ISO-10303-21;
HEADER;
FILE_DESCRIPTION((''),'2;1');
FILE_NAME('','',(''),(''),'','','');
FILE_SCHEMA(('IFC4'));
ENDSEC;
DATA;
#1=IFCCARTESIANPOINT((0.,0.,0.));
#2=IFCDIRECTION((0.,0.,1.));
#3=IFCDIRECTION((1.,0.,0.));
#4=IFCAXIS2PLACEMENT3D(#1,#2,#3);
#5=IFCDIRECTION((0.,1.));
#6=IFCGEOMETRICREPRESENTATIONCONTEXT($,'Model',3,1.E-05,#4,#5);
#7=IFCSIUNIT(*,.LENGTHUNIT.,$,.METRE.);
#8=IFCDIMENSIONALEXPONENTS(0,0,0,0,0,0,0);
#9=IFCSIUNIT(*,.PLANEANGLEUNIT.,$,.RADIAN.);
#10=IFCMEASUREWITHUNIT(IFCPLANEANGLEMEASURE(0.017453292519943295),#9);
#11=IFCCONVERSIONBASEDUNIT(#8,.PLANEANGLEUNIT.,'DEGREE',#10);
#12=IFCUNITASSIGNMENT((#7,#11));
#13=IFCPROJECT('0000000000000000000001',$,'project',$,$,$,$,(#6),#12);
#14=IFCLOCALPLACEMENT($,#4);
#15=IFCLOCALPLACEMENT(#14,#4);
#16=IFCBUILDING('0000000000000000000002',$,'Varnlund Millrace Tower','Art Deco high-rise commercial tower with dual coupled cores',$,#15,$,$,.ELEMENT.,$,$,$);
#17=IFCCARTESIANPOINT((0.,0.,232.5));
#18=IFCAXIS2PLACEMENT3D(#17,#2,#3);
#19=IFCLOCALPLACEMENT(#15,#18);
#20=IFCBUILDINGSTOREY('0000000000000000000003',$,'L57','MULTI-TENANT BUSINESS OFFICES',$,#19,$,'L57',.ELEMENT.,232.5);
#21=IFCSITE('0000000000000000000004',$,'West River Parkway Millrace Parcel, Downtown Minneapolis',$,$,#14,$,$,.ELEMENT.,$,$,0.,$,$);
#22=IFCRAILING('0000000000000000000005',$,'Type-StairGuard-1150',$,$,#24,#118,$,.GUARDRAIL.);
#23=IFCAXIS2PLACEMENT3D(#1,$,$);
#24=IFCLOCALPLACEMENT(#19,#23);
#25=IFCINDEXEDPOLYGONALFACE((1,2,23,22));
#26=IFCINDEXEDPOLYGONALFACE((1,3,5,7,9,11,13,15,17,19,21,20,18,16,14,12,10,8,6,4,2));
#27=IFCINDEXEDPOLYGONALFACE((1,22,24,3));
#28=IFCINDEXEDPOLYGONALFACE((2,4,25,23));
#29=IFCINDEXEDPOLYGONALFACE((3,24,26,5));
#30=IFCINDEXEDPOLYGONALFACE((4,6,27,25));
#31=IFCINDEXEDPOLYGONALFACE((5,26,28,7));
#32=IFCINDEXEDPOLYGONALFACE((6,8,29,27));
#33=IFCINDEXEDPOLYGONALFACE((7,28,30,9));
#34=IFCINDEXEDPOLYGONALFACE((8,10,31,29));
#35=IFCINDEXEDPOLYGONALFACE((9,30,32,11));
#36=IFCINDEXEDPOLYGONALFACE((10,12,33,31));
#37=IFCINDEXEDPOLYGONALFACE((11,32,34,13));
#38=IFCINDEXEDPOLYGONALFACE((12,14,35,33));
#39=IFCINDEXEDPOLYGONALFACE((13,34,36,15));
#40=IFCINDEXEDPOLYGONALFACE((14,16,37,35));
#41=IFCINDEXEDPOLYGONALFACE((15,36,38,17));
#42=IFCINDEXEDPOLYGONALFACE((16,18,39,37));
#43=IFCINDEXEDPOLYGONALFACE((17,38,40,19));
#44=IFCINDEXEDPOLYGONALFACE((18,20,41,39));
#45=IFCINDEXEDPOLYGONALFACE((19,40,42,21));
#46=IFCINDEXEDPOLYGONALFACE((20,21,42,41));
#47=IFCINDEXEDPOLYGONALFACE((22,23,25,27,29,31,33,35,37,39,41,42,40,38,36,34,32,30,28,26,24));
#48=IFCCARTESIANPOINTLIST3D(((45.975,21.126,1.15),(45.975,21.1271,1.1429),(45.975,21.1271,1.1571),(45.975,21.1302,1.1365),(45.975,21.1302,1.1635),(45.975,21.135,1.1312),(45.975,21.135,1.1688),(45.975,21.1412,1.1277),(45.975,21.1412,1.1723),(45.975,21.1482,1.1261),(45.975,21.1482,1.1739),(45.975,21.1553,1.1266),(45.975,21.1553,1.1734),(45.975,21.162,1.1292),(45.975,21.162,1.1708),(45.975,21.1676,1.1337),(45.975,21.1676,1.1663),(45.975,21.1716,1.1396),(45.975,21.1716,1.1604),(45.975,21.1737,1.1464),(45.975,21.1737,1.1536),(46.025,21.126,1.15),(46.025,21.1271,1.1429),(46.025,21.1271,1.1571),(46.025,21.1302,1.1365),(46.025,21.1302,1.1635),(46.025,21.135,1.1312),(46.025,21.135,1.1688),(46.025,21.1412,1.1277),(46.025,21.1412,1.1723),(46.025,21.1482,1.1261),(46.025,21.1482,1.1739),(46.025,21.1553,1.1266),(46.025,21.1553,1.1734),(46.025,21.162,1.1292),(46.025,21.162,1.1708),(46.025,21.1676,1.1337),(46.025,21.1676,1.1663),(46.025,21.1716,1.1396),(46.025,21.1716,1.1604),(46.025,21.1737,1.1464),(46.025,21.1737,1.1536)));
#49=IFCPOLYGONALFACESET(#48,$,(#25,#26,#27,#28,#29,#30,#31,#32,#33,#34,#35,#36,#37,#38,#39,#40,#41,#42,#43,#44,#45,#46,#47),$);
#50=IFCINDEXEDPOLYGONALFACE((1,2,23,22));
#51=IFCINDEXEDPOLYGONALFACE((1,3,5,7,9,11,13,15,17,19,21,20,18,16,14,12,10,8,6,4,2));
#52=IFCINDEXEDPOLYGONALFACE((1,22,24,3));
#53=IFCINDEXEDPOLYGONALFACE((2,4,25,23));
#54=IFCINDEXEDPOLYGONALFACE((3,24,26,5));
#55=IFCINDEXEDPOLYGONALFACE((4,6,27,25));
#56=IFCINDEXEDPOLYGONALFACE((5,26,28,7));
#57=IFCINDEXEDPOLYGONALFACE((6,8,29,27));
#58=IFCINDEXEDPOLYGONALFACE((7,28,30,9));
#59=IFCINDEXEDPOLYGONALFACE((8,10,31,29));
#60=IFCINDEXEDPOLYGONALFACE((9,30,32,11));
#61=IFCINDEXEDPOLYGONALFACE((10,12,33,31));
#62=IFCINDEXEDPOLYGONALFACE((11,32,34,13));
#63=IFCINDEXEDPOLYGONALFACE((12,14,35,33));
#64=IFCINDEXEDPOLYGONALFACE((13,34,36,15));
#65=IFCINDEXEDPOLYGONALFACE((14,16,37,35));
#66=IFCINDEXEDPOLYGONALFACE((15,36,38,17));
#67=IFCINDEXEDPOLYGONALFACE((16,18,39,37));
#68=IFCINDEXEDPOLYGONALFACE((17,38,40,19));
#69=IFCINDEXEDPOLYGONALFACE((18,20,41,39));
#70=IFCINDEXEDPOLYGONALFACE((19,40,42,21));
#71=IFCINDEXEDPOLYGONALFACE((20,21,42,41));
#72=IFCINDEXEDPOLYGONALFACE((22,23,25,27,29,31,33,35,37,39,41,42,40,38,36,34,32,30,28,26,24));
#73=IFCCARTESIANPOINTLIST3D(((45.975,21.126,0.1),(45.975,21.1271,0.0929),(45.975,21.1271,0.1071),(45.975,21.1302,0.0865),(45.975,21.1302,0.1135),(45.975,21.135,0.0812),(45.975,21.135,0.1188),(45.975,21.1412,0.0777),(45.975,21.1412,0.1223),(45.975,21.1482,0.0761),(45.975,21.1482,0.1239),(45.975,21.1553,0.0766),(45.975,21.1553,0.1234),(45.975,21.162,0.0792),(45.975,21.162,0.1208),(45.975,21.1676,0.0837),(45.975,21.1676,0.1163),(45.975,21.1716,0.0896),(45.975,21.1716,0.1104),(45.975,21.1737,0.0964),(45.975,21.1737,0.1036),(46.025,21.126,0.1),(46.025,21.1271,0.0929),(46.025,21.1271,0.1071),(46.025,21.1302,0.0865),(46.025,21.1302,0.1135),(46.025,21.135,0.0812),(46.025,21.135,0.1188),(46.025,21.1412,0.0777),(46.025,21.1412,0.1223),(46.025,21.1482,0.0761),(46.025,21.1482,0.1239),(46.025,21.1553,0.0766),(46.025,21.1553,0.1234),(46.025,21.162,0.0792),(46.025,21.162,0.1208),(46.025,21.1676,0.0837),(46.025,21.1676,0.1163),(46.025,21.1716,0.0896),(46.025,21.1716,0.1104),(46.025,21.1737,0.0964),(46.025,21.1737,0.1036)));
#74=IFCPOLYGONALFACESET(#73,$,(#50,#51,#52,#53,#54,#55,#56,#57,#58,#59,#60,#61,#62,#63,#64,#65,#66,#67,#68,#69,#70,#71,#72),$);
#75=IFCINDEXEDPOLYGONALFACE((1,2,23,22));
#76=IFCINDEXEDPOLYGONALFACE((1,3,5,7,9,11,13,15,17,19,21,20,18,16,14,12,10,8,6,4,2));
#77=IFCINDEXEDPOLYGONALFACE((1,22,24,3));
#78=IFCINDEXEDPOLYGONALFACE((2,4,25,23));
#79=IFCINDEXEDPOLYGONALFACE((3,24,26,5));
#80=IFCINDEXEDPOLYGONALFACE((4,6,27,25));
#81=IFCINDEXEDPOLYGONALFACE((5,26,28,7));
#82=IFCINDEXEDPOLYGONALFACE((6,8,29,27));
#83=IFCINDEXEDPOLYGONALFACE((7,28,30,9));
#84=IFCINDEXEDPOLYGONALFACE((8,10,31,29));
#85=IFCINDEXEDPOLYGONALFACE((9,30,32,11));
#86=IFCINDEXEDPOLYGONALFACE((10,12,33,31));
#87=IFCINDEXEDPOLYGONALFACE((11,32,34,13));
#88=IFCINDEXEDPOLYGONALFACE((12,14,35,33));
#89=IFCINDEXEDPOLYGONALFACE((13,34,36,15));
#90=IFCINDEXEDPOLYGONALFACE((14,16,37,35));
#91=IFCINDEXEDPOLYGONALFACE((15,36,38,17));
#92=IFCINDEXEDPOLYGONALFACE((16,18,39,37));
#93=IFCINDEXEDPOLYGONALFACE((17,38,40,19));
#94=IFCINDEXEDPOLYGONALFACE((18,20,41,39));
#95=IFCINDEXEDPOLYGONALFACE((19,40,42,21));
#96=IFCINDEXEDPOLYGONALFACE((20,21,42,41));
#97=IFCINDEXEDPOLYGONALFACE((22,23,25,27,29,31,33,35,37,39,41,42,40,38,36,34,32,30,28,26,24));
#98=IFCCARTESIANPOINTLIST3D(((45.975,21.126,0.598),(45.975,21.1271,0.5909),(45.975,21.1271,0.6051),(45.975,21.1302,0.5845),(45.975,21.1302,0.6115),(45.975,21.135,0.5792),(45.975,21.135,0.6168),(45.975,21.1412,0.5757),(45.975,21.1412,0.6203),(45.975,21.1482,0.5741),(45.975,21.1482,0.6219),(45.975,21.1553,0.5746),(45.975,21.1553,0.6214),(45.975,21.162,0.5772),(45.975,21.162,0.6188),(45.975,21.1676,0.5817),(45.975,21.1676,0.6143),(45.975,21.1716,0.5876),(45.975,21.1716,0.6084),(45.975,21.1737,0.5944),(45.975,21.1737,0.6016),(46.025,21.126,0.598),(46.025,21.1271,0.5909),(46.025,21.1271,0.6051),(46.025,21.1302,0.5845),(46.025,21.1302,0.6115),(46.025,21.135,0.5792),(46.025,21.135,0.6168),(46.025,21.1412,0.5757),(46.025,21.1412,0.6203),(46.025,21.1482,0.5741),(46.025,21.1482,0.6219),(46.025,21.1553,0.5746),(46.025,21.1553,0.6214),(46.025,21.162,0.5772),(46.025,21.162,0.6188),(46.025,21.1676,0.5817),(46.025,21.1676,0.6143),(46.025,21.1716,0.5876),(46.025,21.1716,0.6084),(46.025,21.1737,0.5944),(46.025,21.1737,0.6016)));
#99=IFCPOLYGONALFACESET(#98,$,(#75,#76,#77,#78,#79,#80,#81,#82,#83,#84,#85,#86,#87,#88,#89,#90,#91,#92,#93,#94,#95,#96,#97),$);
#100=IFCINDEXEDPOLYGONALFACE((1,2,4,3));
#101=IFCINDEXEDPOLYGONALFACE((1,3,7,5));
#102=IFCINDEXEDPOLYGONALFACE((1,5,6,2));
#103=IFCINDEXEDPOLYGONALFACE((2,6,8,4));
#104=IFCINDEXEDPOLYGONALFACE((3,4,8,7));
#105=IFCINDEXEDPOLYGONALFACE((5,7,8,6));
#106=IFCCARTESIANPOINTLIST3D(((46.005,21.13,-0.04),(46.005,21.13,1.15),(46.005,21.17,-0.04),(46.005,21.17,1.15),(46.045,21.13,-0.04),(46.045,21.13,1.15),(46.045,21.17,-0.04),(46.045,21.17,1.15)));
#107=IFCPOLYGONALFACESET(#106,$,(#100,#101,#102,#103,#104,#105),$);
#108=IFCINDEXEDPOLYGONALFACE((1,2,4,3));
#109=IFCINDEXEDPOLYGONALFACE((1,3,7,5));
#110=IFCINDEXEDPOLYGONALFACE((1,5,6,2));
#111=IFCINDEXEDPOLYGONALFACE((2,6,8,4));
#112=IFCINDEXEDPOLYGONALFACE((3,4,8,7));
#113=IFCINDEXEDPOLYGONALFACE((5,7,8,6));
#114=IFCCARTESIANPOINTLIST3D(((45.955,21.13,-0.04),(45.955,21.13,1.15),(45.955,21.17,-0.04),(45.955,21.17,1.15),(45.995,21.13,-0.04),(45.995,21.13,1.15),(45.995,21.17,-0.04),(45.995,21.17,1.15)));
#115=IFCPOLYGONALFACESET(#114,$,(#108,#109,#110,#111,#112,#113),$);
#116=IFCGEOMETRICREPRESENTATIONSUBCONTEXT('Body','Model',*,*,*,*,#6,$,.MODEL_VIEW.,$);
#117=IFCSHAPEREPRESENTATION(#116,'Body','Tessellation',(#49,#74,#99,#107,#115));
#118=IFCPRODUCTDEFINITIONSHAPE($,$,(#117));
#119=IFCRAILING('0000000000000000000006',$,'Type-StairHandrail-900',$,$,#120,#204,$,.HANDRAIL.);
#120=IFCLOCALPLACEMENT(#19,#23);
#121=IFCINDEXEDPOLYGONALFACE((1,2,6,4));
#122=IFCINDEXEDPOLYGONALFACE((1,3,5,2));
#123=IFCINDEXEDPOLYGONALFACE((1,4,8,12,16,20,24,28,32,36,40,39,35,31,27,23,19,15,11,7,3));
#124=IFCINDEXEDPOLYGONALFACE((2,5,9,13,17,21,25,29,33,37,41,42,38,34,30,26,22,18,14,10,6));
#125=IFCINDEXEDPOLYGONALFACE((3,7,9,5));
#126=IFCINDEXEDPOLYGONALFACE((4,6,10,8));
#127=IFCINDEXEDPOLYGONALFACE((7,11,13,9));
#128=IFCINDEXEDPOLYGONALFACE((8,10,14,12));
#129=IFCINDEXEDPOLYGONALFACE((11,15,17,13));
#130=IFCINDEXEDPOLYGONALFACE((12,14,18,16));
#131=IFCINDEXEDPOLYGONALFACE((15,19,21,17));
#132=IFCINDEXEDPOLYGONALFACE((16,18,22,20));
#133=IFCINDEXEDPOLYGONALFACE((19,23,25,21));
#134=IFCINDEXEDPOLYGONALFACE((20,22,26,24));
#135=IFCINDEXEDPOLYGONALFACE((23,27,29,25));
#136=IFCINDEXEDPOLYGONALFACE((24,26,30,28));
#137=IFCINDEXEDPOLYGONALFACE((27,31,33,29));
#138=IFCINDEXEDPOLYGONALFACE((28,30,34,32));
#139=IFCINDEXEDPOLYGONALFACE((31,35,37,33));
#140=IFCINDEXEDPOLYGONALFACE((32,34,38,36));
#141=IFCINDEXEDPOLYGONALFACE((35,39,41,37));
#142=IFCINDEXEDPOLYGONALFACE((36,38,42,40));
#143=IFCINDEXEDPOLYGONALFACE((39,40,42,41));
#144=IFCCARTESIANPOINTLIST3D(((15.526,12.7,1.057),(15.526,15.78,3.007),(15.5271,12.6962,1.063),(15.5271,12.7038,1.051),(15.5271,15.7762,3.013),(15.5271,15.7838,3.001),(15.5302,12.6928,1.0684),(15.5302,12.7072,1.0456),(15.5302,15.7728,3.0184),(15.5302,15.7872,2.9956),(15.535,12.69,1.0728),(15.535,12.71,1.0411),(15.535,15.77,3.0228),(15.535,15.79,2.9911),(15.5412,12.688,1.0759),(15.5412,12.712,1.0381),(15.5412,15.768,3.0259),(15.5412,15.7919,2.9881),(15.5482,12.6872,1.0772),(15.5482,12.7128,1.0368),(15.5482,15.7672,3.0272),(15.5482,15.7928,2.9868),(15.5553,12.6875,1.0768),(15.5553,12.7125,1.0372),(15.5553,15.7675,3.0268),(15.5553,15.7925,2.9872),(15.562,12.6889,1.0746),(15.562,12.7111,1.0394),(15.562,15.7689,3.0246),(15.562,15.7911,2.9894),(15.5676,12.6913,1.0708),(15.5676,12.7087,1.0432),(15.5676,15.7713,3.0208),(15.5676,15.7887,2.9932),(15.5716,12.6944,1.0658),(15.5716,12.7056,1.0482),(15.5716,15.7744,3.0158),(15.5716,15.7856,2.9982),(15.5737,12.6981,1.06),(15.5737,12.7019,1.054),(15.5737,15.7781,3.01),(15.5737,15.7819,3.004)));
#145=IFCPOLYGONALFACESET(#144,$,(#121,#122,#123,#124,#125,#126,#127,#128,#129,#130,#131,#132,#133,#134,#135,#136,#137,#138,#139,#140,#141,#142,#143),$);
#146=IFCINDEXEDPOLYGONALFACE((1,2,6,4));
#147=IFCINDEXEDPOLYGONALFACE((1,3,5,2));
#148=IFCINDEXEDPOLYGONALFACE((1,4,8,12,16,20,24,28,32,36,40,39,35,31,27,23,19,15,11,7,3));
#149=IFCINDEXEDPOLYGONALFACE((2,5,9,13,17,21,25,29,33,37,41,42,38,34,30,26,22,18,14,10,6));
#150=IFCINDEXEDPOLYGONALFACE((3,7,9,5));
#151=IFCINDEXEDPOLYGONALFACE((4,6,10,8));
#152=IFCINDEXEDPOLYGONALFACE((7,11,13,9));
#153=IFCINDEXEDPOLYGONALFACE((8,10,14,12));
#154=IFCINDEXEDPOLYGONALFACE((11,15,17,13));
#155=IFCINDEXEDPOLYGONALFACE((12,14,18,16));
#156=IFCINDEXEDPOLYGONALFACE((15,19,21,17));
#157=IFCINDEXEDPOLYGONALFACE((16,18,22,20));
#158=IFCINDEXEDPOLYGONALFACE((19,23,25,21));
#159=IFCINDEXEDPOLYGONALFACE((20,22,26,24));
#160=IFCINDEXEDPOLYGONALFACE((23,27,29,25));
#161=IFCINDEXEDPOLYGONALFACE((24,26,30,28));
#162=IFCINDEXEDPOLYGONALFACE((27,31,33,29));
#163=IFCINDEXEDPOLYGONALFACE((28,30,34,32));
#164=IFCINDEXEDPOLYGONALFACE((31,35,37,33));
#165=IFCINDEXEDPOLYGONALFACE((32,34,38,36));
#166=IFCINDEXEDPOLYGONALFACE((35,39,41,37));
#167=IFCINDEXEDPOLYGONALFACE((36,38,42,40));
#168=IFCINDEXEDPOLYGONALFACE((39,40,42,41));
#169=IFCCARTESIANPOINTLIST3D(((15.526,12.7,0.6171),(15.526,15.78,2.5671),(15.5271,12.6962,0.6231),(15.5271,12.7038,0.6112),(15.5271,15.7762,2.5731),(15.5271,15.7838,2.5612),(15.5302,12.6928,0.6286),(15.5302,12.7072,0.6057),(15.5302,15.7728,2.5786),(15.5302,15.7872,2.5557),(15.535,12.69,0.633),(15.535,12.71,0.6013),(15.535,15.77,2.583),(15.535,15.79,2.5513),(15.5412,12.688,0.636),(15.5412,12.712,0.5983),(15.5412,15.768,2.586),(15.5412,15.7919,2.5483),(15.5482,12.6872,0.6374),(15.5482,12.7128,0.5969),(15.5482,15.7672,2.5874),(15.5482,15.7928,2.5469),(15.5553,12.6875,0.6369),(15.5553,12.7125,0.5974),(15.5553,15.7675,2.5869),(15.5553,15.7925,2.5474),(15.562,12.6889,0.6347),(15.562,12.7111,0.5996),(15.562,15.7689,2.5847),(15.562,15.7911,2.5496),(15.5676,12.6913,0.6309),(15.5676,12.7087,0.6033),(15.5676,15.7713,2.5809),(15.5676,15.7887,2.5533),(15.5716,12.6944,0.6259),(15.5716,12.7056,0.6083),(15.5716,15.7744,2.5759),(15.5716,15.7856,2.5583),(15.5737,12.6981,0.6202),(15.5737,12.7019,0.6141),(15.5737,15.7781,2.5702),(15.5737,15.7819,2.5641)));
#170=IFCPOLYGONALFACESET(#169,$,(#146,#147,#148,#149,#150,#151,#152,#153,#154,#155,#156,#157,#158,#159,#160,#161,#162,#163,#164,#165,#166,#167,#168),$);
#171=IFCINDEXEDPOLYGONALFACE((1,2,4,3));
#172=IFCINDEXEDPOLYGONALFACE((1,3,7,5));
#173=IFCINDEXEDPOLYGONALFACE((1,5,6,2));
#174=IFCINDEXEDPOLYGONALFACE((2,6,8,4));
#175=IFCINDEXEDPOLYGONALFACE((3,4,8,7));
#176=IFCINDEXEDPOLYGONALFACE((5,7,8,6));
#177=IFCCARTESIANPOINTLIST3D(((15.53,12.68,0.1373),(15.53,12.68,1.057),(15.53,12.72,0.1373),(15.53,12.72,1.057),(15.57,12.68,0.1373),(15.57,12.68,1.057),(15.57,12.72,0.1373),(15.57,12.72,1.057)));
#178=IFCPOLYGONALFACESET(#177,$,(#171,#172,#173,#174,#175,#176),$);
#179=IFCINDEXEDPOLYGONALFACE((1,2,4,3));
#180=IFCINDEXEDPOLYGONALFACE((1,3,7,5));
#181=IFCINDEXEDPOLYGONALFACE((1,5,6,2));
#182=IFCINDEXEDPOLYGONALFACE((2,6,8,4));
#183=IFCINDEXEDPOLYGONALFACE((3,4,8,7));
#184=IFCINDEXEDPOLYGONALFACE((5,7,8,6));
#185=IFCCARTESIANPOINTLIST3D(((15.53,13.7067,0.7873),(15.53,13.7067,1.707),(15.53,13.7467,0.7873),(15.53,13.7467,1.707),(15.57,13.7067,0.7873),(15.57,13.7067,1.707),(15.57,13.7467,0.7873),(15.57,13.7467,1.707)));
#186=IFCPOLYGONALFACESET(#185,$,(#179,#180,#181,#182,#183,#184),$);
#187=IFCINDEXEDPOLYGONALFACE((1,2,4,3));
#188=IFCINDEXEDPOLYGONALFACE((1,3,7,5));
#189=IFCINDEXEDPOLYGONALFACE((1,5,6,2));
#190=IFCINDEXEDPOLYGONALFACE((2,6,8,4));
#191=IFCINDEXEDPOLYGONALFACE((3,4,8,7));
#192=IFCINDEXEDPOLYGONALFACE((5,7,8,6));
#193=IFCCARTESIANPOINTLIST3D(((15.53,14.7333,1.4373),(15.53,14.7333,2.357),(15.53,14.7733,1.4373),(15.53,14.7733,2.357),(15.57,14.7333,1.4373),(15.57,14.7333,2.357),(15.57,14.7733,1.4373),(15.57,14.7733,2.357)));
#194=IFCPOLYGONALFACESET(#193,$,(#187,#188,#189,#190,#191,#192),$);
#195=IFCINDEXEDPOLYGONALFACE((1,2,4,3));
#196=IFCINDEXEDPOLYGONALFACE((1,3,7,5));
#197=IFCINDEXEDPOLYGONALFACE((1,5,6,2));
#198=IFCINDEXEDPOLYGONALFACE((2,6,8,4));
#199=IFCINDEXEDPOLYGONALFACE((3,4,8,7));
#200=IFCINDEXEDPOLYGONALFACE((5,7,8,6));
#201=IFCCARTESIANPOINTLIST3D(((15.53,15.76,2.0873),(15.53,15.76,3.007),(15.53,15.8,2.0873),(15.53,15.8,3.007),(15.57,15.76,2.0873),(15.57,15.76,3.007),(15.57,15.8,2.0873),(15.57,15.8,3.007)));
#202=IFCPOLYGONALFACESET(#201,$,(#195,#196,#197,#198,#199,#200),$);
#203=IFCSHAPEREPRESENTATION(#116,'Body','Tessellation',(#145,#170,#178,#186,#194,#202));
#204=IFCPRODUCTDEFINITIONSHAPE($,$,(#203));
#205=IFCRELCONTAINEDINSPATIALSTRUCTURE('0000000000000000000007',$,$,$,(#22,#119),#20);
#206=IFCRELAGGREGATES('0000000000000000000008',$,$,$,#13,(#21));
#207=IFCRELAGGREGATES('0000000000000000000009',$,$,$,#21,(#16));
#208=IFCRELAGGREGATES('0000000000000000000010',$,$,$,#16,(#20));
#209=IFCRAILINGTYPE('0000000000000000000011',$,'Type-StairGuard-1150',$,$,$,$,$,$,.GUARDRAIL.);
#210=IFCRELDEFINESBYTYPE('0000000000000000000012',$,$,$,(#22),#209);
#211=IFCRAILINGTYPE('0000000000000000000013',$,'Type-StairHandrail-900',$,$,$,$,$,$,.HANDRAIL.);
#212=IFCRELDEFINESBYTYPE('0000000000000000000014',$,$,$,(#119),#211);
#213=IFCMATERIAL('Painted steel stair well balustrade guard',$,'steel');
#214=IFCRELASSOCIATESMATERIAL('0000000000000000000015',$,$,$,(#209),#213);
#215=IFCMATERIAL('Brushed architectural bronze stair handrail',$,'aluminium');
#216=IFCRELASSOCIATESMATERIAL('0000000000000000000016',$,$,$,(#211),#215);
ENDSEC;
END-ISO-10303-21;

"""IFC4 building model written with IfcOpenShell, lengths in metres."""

from ifc_helpers import new_model, entity, si_unit, converted_unit, direction, frame, origin_with_axes, origin_2d_with_axis, place, context, subcontext, project, spatial, rectangle, circle, extrude, material, type_object, element, save


model = new_model("IFC4")

# Units and contexts
model_context = context("Model", 3, precision=1e-05, world=origin_with_axes(), true_north=direction((0.0, 1.0)))
body_context = subcontext(model_context, "Body", "Model", "MODEL_VIEW")
ifc_project = project(units=[si_unit("LENGTHUNIT", "METRE"), converted_unit("PLANEANGLEUNIT", "DEGREE", entity("IfcPlaneAngleMeasure", 0.017453292519943295), si_unit("PLANEANGLEUNIT", "RADIAN"), dimensions=[0, 0, 0, 0, 0, 0, 0])], contexts=[model_context])

# Site, building, storey
site_placement = place(None, origin_with_axes())
site = spatial("IfcSite", under=ifc_project, at=site_placement, Name="West River Parkway Millrace Parcel, Downtown Minneapolis", CompositionType="ELEMENT", RefElevation=0.0)
building_placement = place(site_placement, origin_with_axes())
building = spatial("IfcBuilding", under=site, at=building_placement, Name="Varnlund Millrace Tower", Description="Art Deco high-rise commercial tower with dual coupled cores", CompositionType="ELEMENT")
storey_placement = place(building_placement, frame((0.0, 0.0, 232.5), z_axis=(0.0, 0.0, 1.0), x_axis=(1.0, 0.0, 0.0)))
storey = spatial("IfcBuildingStorey", under=building, at=storey_placement, Name="L57", Description="MULTI-TENANT BUSINESS OFFICES", LongName="L57", CompositionType="ELEMENT", Elevation=232.5)

# Railings
ifc_material_1 = material(Name="Painted steel stair well balustrade guard", Category="steel")
railing_type_1 = type_object("IfcRailingType", Name="Type-StairGuard-1150", PredefinedType="GUARDRAIL", material=ifc_material_1)
railing_1_placement = place(storey_placement, frame((0.0, 0.0, -232.5), z_axis=(0.0, 0.0, 1.0), x_axis=(1.0, 0.0, 0.0)))
element("IfcRailing", 1, at=railing_1_placement, inside=storey, type_object=railing_type_1, Name="Type-StairGuard-1150", PredefinedType="GUARDRAIL", context=body_context, shape_type="SweptSolid", body=[
    extrude(circle(Radius=0.024, at=origin_2d_with_axis()), frame((46.025, 21.15, 233.65), z_axis=(-1.0, 0.0, 0.0), x_axis=(0.0, -1.0, 0.0)), (0.0, 0.0, 1.0), 0.05),
    extrude(circle(Radius=0.024, at=origin_2d_with_axis()), frame((46.025, 21.15, 232.6), z_axis=(-1.0, 0.0, 0.0), x_axis=(0.0, -1.0, 0.0)), (0.0, 0.0, 1.0), 0.05),
    extrude(circle(Radius=0.024, at=origin_2d_with_axis()), frame((46.025, 21.15, 233.098), z_axis=(-1.0, 0.0, 0.0), x_axis=(0.0, -1.0, 0.0)), (0.0, 0.0, 1.0), 0.05),
    extrude(rectangle(XDim=0.04, YDim=0.04, at=origin_2d_with_axis()), frame((46.025, 21.15, 232.46), z_axis=(0.0, 0.0, 1.0), x_axis=(1.0, 0.0, 0.0)), (0.0, 0.0, 1.0), 1.19),
    extrude(rectangle(XDim=0.04, YDim=0.04, at=origin_2d_with_axis()), frame((45.975, 21.15, 232.46), z_axis=(0.0, 0.0, 1.0), x_axis=(1.0, 0.0, 0.0)), (0.0, 0.0, 1.0), 1.19),
])
ifc_material_2 = material(Name="Brushed architectural bronze stair handrail", Category="aluminium")
railing_type_2 = type_object("IfcRailingType", Name="Type-StairHandrail-900", PredefinedType="HANDRAIL", material=ifc_material_2)
railing_2_placement = place(storey_placement, frame((0.0, 0.0, -232.5), z_axis=(0.0, 0.0, 1.0), x_axis=(1.0, 0.0, 0.0)))
element("IfcRailing", 2, at=railing_2_placement, inside=storey, type_object=railing_type_2, Name="Type-StairHandrail-900", PredefinedType="HANDRAIL", context=body_context, shape_type="SweptSolid", body=[
    extrude(circle(Radius=0.024, at=origin_2d_with_axis()), frame((15.55, 12.7, 233.557), z_axis=(0.0, 0.844902, 0.534922), x_axis=(-1.0, 0.0, 0.0)), (0.0, 0.0, 1.0), 3.6454),
    extrude(circle(Radius=0.024, at=origin_2d_with_axis()), frame((15.55, 12.7, 233.1171), z_axis=(0.0, 0.844902, 0.534922), x_axis=(-1.0, 0.0, 0.0)), (0.0, 0.0, 1.0), 3.6454),
    extrude(rectangle(XDim=0.04, YDim=0.04, at=origin_2d_with_axis()), frame((15.55, 12.7, 232.6373), z_axis=(0.0, 0.0, 1.0), x_axis=(1.0, 0.0, 0.0)), (0.0, 0.0, 1.0), 0.9197),
    extrude(rectangle(XDim=0.04, YDim=0.04, at=origin_2d_with_axis()), frame((15.55, 13.7267, 233.2873), z_axis=(0.0, 0.0, 1.0), x_axis=(1.0, 0.0, 0.0)), (0.0, 0.0, 1.0), 0.9197),
    extrude(rectangle(XDim=0.04, YDim=0.04, at=origin_2d_with_axis()), frame((15.55, 14.7533, 233.9373), z_axis=(0.0, 0.0, 1.0), x_axis=(1.0, 0.0, 0.0)), (0.0, 0.0, 1.0), 0.9197),
    extrude(rectangle(XDim=0.04, YDim=0.04, at=origin_2d_with_axis()), frame((15.55, 15.78, 234.5873), z_axis=(0.0, 0.0, 1.0), x_axis=(1.0, 0.0, 0.0)), (0.0, 0.0, 1.0), 0.9197),
])

save(model, "model.ifc")
